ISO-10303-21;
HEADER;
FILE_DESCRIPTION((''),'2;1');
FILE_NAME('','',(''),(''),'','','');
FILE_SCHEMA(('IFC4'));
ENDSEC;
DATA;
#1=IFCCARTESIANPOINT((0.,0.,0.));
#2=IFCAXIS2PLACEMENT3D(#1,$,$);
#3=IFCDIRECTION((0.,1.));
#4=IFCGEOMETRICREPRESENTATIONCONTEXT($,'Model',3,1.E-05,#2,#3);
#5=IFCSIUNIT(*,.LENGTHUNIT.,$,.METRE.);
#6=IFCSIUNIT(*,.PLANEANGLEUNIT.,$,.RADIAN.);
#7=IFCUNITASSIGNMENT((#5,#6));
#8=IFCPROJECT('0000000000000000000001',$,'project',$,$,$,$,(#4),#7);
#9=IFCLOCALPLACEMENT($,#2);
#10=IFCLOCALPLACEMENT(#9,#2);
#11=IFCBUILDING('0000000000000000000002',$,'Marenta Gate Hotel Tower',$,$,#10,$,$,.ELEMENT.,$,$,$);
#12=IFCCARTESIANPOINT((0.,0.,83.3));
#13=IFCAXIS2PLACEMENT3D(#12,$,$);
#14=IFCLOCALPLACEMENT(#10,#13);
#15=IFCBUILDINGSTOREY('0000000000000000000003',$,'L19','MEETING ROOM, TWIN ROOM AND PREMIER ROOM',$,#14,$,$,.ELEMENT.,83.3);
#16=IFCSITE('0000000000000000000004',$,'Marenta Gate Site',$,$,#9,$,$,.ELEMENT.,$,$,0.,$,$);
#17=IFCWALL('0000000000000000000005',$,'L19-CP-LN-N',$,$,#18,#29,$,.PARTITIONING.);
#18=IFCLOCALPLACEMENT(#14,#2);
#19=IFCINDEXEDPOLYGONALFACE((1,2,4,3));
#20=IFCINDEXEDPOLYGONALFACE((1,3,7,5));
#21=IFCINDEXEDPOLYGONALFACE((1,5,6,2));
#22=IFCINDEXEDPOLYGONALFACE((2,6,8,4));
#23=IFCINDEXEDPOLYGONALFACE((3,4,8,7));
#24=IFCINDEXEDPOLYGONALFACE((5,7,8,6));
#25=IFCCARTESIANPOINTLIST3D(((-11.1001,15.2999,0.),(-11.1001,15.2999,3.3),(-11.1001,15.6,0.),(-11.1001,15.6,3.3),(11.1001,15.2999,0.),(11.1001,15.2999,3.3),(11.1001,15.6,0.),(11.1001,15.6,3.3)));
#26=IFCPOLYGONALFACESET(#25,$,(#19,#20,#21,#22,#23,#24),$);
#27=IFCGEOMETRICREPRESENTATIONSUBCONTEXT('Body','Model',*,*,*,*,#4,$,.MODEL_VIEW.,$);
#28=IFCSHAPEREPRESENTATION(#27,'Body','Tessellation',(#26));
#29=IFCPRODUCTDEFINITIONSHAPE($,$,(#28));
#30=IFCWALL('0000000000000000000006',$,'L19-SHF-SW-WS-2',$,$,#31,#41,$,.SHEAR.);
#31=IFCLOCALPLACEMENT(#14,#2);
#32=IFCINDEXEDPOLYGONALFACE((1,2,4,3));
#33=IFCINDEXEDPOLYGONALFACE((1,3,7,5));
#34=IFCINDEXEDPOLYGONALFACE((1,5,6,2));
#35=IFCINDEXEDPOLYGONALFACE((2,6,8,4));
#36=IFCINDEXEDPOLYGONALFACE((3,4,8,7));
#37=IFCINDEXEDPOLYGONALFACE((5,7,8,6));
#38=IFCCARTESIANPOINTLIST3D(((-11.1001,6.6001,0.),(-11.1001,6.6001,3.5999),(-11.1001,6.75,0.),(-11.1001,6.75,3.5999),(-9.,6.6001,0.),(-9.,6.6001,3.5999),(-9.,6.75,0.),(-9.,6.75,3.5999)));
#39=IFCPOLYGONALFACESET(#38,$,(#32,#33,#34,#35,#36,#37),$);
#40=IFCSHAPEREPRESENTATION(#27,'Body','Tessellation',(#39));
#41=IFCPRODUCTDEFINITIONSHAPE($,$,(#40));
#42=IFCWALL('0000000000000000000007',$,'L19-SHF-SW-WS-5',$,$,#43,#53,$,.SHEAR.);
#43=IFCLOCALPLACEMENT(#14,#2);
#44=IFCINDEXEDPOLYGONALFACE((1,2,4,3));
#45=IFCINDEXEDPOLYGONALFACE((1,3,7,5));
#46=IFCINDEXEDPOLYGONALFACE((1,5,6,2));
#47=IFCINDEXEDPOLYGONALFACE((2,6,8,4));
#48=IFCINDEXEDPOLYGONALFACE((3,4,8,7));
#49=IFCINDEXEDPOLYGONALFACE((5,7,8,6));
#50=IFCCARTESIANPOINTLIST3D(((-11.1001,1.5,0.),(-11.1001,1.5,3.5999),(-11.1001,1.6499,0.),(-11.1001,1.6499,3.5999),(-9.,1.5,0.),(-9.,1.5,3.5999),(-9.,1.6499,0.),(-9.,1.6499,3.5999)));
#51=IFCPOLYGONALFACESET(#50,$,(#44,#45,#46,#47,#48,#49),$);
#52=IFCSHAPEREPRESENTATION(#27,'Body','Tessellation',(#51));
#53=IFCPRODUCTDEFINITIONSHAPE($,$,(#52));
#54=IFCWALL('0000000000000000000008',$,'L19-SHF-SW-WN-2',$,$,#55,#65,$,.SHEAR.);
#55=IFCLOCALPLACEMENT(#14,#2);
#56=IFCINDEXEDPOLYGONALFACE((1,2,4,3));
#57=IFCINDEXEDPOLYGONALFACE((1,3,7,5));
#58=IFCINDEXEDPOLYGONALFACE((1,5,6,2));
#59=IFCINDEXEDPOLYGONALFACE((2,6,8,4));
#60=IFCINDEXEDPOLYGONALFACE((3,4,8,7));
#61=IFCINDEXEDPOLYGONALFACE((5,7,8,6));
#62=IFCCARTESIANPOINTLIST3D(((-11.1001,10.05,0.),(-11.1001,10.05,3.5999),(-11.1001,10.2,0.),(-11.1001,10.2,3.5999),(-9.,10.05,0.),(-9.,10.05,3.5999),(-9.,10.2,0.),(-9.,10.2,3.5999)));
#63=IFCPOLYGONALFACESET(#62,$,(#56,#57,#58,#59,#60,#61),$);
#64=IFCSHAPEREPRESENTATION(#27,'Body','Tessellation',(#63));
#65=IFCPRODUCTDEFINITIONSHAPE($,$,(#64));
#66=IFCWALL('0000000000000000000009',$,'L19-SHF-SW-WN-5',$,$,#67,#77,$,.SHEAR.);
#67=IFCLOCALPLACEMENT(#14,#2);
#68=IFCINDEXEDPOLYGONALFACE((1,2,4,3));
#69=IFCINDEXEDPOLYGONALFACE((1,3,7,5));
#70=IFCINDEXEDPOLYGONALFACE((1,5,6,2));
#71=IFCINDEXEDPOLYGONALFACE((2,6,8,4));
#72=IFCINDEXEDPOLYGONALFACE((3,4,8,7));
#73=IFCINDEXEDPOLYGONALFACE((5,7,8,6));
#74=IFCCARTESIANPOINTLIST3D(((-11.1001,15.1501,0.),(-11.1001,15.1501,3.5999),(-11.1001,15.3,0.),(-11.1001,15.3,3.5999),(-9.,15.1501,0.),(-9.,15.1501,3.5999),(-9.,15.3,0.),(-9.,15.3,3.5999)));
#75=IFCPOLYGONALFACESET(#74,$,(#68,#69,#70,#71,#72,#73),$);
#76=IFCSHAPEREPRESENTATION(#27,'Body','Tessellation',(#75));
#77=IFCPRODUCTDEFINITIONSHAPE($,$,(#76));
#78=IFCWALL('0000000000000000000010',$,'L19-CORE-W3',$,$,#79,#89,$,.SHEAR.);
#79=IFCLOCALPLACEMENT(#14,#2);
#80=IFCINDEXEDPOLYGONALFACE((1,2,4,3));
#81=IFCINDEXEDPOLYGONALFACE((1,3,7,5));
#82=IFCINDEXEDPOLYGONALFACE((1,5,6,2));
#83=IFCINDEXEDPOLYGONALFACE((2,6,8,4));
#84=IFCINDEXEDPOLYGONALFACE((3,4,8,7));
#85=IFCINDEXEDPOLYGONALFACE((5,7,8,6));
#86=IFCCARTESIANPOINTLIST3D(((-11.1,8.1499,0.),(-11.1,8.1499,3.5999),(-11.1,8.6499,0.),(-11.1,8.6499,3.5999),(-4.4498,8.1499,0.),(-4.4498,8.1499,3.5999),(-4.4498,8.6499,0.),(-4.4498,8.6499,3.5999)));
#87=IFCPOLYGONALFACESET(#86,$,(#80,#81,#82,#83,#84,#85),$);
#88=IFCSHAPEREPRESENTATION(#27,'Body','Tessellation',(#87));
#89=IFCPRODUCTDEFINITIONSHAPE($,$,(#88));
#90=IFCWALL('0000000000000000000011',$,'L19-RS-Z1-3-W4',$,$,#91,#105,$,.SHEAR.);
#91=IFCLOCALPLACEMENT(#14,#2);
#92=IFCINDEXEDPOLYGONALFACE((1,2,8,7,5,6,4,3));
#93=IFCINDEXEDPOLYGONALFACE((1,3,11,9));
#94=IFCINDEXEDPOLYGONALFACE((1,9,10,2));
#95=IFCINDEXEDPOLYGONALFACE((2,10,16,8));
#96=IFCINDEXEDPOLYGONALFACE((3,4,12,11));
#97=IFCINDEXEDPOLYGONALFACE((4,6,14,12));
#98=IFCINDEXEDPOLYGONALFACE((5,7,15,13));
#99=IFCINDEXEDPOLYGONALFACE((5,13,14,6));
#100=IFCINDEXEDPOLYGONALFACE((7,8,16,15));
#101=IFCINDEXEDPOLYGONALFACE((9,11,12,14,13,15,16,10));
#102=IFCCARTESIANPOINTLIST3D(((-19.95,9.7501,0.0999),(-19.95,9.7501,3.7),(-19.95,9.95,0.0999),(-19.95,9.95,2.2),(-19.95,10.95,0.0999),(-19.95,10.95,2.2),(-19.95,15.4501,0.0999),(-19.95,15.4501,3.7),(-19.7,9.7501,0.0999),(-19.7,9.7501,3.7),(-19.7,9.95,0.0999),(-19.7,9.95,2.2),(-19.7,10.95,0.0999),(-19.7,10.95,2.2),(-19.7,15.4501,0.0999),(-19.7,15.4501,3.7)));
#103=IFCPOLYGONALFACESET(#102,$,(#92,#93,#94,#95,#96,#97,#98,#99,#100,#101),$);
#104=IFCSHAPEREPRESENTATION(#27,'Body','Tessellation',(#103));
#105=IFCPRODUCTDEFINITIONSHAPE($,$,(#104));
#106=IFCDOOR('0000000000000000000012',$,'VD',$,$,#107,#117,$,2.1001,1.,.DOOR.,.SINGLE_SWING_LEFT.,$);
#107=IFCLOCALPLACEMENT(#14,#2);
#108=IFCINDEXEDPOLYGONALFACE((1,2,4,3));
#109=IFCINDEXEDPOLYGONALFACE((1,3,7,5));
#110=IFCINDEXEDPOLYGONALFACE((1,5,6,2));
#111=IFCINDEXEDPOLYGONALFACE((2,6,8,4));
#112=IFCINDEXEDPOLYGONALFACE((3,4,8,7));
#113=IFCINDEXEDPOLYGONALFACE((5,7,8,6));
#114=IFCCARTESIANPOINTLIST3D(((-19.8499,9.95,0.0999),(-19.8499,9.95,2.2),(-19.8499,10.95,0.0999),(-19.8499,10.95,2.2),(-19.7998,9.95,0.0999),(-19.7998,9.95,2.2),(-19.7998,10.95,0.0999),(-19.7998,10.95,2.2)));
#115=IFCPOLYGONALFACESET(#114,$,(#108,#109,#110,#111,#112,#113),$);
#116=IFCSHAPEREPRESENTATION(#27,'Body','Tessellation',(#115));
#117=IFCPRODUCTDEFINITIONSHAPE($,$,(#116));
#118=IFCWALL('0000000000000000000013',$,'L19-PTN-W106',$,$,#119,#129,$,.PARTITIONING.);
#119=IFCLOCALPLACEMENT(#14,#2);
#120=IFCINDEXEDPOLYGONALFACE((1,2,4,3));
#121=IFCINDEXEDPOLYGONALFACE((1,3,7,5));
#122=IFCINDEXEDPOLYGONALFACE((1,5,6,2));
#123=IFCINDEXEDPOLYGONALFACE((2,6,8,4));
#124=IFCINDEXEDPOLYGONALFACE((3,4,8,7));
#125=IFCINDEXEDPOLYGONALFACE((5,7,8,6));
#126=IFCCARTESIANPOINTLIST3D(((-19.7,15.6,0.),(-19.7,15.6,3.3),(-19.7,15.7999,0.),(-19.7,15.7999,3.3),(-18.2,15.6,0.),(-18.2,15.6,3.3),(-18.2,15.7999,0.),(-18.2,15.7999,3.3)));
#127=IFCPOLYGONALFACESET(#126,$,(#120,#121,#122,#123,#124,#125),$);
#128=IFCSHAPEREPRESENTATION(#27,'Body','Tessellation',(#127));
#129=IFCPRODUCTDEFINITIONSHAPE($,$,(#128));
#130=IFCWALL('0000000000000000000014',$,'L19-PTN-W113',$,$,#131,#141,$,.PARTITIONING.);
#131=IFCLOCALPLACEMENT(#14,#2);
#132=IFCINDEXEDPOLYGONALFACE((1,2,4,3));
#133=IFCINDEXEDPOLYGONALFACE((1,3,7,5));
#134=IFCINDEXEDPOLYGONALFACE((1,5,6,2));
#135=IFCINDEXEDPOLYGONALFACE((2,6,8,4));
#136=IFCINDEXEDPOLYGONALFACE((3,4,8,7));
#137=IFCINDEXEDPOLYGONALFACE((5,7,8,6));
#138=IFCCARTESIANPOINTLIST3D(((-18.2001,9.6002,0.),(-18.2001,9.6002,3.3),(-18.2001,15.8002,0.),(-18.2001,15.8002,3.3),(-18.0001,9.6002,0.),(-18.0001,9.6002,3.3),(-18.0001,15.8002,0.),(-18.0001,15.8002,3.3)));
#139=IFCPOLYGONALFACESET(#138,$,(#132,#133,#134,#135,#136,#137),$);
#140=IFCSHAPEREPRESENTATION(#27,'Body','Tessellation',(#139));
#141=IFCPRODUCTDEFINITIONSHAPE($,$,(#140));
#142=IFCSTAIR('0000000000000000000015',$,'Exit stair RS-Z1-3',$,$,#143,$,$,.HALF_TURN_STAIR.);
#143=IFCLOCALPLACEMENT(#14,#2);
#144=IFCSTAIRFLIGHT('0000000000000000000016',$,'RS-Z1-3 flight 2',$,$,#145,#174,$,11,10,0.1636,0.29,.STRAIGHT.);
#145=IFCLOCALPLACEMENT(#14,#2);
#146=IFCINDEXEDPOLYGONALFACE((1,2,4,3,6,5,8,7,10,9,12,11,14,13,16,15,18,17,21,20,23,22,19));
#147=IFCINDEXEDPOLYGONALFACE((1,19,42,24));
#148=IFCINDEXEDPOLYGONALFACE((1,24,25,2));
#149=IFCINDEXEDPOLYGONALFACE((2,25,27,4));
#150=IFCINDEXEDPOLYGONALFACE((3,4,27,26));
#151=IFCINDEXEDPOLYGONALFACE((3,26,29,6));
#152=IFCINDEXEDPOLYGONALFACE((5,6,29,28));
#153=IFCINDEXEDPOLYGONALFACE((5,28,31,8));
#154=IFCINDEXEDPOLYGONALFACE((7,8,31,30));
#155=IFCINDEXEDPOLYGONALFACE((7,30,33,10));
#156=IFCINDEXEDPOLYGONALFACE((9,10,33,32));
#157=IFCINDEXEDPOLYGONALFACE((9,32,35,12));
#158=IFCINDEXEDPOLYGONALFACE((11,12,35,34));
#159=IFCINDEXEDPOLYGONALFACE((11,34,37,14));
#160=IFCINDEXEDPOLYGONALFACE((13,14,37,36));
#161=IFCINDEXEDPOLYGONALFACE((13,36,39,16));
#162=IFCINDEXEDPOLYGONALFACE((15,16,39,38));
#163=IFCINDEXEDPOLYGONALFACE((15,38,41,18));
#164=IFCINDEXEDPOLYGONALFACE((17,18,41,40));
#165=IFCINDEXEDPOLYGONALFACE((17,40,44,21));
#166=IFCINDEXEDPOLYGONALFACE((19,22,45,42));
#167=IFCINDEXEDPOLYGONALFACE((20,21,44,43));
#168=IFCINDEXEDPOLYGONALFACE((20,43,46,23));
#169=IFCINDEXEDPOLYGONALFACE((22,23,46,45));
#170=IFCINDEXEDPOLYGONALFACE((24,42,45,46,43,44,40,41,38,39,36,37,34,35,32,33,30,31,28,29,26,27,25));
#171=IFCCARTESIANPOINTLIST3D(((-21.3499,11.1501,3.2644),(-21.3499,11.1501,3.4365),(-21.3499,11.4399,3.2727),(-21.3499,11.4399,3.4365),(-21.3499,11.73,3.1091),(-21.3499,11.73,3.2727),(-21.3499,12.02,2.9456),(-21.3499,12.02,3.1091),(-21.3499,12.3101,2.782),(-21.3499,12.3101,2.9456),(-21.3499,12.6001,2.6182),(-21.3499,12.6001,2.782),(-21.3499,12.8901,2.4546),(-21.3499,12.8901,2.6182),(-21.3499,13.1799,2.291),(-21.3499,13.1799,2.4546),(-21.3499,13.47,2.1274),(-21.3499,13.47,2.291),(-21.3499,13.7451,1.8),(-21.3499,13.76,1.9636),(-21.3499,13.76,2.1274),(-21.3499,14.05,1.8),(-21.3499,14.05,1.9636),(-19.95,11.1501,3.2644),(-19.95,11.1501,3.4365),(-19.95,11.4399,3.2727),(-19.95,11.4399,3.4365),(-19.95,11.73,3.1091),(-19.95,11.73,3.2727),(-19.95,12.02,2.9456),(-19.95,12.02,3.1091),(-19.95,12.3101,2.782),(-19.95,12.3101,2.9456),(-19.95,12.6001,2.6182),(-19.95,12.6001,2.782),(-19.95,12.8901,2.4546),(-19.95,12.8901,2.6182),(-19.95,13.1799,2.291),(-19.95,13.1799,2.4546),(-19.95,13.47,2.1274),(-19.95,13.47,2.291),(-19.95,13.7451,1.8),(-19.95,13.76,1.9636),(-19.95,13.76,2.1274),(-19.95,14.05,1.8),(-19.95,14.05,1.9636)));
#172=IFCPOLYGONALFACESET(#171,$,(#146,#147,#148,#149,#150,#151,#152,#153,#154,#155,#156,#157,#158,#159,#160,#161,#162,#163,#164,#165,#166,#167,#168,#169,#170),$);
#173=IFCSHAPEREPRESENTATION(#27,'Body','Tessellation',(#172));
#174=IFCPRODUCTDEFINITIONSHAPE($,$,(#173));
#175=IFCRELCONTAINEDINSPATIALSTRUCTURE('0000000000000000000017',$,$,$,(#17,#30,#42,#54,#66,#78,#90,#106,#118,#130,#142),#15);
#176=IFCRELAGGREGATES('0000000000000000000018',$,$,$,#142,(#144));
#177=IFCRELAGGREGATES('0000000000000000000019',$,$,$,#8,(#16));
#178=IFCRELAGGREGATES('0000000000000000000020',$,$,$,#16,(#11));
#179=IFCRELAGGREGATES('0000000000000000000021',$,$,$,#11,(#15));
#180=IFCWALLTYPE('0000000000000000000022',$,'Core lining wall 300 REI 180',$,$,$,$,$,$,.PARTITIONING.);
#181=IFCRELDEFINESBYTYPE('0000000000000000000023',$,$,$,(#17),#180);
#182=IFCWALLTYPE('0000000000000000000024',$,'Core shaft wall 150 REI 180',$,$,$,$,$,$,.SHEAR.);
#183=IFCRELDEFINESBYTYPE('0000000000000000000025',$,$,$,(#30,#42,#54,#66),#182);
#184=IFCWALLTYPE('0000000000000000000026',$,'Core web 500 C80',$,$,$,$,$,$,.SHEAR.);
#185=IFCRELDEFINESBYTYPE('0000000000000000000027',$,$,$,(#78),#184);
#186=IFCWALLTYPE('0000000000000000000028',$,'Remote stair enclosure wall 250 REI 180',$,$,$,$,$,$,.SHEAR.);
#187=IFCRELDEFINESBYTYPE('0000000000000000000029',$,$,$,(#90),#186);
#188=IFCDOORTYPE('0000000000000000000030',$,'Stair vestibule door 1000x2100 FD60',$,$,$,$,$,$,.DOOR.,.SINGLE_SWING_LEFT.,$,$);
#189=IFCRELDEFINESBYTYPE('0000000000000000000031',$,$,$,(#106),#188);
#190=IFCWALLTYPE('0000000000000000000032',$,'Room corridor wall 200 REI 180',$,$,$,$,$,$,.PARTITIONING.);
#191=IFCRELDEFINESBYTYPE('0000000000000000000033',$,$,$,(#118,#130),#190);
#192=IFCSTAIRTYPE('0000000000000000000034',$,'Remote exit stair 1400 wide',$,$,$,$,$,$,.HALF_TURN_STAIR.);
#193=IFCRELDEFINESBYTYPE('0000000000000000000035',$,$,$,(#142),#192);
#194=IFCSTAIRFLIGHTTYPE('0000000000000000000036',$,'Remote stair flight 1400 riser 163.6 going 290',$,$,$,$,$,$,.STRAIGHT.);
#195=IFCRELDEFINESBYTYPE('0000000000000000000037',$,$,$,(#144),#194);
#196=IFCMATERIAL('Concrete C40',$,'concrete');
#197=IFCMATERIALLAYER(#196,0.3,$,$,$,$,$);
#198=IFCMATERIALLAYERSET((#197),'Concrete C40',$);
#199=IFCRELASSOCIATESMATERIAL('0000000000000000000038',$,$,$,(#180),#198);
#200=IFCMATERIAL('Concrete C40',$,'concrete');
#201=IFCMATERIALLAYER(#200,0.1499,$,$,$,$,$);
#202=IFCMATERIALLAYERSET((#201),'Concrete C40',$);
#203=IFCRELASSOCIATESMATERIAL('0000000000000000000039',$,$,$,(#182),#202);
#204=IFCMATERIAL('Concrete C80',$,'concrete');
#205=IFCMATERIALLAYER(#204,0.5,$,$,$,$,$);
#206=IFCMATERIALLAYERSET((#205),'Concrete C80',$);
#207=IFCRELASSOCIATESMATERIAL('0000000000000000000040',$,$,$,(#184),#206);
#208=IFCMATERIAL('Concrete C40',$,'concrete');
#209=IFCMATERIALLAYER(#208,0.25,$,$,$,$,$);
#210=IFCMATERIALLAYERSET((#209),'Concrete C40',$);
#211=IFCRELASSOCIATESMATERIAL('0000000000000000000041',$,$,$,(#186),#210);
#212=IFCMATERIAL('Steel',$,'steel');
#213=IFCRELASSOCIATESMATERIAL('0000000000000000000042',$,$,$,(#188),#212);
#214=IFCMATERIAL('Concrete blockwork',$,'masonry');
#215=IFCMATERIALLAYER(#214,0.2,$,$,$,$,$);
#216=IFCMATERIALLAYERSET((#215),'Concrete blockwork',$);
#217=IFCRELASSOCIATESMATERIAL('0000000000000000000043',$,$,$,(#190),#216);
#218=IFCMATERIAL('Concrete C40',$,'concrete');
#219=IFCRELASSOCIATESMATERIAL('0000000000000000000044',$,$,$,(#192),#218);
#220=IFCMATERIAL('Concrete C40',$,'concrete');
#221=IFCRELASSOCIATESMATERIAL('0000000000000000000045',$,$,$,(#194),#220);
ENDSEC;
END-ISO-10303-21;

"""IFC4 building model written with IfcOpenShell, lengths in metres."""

from ifc_helpers import new_model, si_unit, direction, frame, frame_2d, origin, place, context, subcontext, project, spatial, polyline, rectangle, outline, extrude, material, layer, layer_set, type_object, element, fill, aggregate, save


model = new_model("IFC4")

# Units and contexts
model_context = context("Model", 3, precision=1e-05, world=origin(), true_north=direction((0.0, 1.0)))
body_context = subcontext(model_context, "Body", "Model", "MODEL_VIEW")
ifc_project = project(units=[si_unit("LENGTHUNIT", "METRE"), si_unit("PLANEANGLEUNIT", "RADIAN")], contexts=[model_context])

# Site, building, storey
site_placement = place(None, origin())
site = spatial("IfcSite", under=ifc_project, at=site_placement, Name="Marenta Gate Site", CompositionType="ELEMENT", RefElevation=0.0)
building_placement = place(site_placement, origin())
building = spatial("IfcBuilding", under=site, at=building_placement, Name="Marenta Gate Hotel Tower", CompositionType="ELEMENT")
storey_placement = place(building_placement, frame((0.0, 0.0, 83.3)))
storey = spatial("IfcBuildingStorey", under=building, at=storey_placement, Name="L19", Description="MEETING ROOM, TWIN ROOM AND PREMIER ROOM", CompositionType="ELEMENT", Elevation=83.3)

# Walls
ifc_material_1 = material(Name="Concrete C40", Category="concrete")
ifc_layer_1 = layer(ifc_material_1, 0.3)
ifc_layer_set_1 = layer_set([ifc_layer_1], Name="Concrete C40")
wall_type_1 = type_object("IfcWallType", Name="Core lining wall 300 REI 180", PredefinedType="PARTITIONING", material=ifc_layer_set_1)
for number, where, z_axis, x_axis, name in (
    (1, (-11.1001, 15.45, 0.0), (0.0, 0.0, 1.0), (1.0, 0.0, 0.0), "L19-CP-LN-N"),
):
    element("IfcWall", number, at=place(storey_placement, frame(where, z_axis=z_axis, x_axis=x_axis)), inside=storey, type_object=wall_type_1, Name=name, PredefinedType="PARTITIONING", context=body_context, shape_type="SweptSolid", body=[
        extrude(rectangle(XDim=22.2002, YDim=0.3, at=frame_2d((11.1001, 0.0))), origin(), (0.0, 0.0, 1.0), 3.3),
    ])
ifc_material_2 = material(Name="Concrete C40", Category="concrete")
ifc_layer_2 = layer(ifc_material_2, 0.1499)
ifc_layer_set_2 = layer_set([ifc_layer_2], Name="Concrete C40")
wall_type_2 = type_object("IfcWallType", Name="Core shaft wall 150 REI 180", PredefinedType="SHEAR", material=ifc_layer_set_2)
for number, where, z_axis, x_axis, name in (
    (2, (-11.1001, 6.675, 0.0), (0.0, 0.0, 1.0), (1.0, 0.0, 0.0), "L19-SHF-SW-WS-2"),
    (3, (-11.1001, 1.575, 0.0), (0.0, 0.0, 1.0), (1.0, 0.0, 0.0), "L19-SHF-SW-WS-5"),
    (4, (-11.1001, 10.125, 0.0), (0.0, 0.0, 1.0), (1.0, 0.0, 0.0), "L19-SHF-SW-WN-2"),
    (5, (-11.1001, 15.2251, 0.0), (0.0, 0.0, 1.0), (1.0, 0.0, 0.0), "L19-SHF-SW-WN-5"),
):
    element("IfcWall", number, at=place(storey_placement, frame(where, z_axis=z_axis, x_axis=x_axis)), inside=storey, type_object=wall_type_2, Name=name, PredefinedType="SHEAR", context=body_context, shape_type="SweptSolid", body=[
        extrude(rectangle(XDim=2.1001, YDim=0.1499, at=frame_2d((1.05, 0.0))), origin(), (0.0, 0.0, 1.0), 3.5999),
    ])
ifc_material_3 = material(Name="Concrete C80", Category="concrete")
ifc_layer_3 = layer(ifc_material_3, 0.5)
ifc_layer_set_3 = layer_set([ifc_layer_3], Name="Concrete C80")
wall_type_3 = type_object("IfcWallType", Name="Core web 500 C80", PredefinedType="SHEAR", material=ifc_layer_set_3)
wall_1_placement = place(storey_placement, frame((-11.1001, 8.3999, 0.0), z_axis=(0.0, 0.0, 1.0), x_axis=(1.0, 0.0, 0.0)))
element("IfcWall", 6, at=wall_1_placement, inside=storey, type_object=wall_type_3, Name="L19-CORE-W3", PredefinedType="SHEAR", context=body_context, shape_type="SweptSolid", body=[
    extrude(rectangle(XDim=6.6501, YDim=0.5, at=frame_2d((3.3252, 0.0))), origin(), (0.0, 0.0, 1.0), 3.5999),
])

# Wall, opening, door
ifc_material_4 = material(Name="Concrete C40", Category="concrete")
ifc_layer_4 = layer(ifc_material_4, 0.25)
ifc_layer_set_4 = layer_set([ifc_layer_4], Name="Concrete C40")
wall_type_4 = type_object("IfcWallType", Name="Remote stair enclosure wall 250 REI 180", PredefinedType="SHEAR", material=ifc_layer_set_4)
wall_2_placement = place(storey_placement, frame((-19.825, 9.75, 0.0999), z_axis=(0.0, 0.0, 1.0), x_axis=(0.0, 1.0, 0.0)))
wall_2 = element("IfcWall", 7, at=wall_2_placement, inside=storey, type_object=wall_type_4, Name="L19-RS-Z1-3-W4", PredefinedType="SHEAR", context=body_context, shape_type="SweptSolid", body=[
    extrude(rectangle(XDim=5.7, YDim=0.25, at=frame_2d((2.8501, 0.0))), origin(), (0.0, 0.0, 1.0), 3.6001),
])
opening_1_placement = place(wall_2_placement, frame((0.2, 0.0, 0.0)))
opening_1 = element("IfcOpeningElement", 8, at=opening_1_placement, cuts=wall_2, PredefinedType="OPENING", context=body_context, shape_type="SweptSolid", body=[
    extrude(rectangle(XDim=1.0, YDim=2.1001, at=frame_2d((0.5, 1.05))), frame((0.0, 0.125, 0.0), z_axis=(0.0, -1.0, 0.0), x_axis=(1.0, 0.0, 0.0)), (0.0, 0.0, 1.0), 0.25),
])
ifc_material_5 = material(Name="Steel", Category="steel")
door_type_1 = type_object("IfcDoorType", Name="Stair vestibule door 1000x2100 FD60", OperationType="SINGLE_SWING_LEFT", PredefinedType="DOOR", material=ifc_material_5)
door_1_placement = place(opening_1_placement, origin())
door_1 = element("IfcDoor", 9, at=door_1_placement, inside=storey, type_object=door_type_1, Name="VD", OperationType="SINGLE_SWING_LEFT", OverallHeight=2.1001, OverallWidth=1.0, PredefinedType="DOOR", context=body_context, shape_type="SweptSolid", body=[
    extrude(rectangle(XDim=1.0, YDim=2.1001, at=frame_2d((0.5, 1.05))), frame((0.0, 0.0249, 0.0), z_axis=(0.0, -1.0, 0.0), x_axis=(1.0, 0.0, 0.0)), (0.0, 0.0, 1.0), 0.05),
])
fill(opening_1, door_1)

# Shared definitions
ifc_material_6 = material(Name="Concrete blockwork", Category="masonry")
ifc_layer_5 = layer(ifc_material_6, 0.2)
ifc_layer_set_5 = layer_set([ifc_layer_5], Name="Concrete blockwork")
wall_type_5 = type_object("IfcWallType", Name="Room corridor wall 200 REI 180", PredefinedType="PARTITIONING", material=ifc_layer_set_5)

# Walls
wall_3_placement = place(storey_placement, frame((-19.7, 15.7, 0.0), z_axis=(0.0, 0.0, 1.0), x_axis=(1.0, 0.0, 0.0)))
element("IfcWall", 10, at=wall_3_placement, inside=storey, type_object=wall_type_5, Name="L19-PTN-W106", PredefinedType="PARTITIONING", context=body_context, shape_type="SweptSolid", body=[
    extrude(rectangle(XDim=1.5, YDim=0.2, at=frame_2d((0.75, 0.0))), origin(), (0.0, 0.0, 1.0), 3.3),
])
wall_4_placement = place(storey_placement, frame((-18.1001, 9.6001, 0.0), z_axis=(0.0, 0.0, 1.0), x_axis=(0.0, 1.0, 0.0)))
element("IfcWall", 11, at=wall_4_placement, inside=storey, type_object=wall_type_5, Name="L19-PTN-W113", PredefinedType="PARTITIONING", context=body_context, shape_type="SweptSolid", body=[
    extrude(rectangle(XDim=6.2, YDim=0.2, at=frame_2d((3.1001, 0.0))), origin(), (0.0, 0.0, 1.0), 3.3),
])

# Stair, stair flight
ifc_material_7 = material(Name="Concrete C40", Category="concrete")
stair_type = type_object("IfcStairType", Name="Remote exit stair 1400 wide", PredefinedType="HALF_TURN_STAIR", material=ifc_material_7)
stair_placement = place(storey_placement, origin())
stair = element("IfcStair", 12, at=stair_placement, inside=storey, type_object=stair_type, Name="Exit stair RS-Z1-3", PredefinedType="HALF_TURN_STAIR")
ifc_material_8 = material(Name="Concrete C40", Category="concrete")
stair_flight_type = type_object("IfcStairFlightType", Name="Remote stair flight 1400 riser 163.6 going 290", PredefinedType="STRAIGHT", material=ifc_material_8)
stair_flight_placement = place(storey_placement, frame((-20.6499, 14.05, 1.8), z_axis=(0.0, 0.0, 1.0), x_axis=(0.0, -1.0, 0.0)))
stair_flight = element("IfcStairFlight", 13, at=stair_flight_placement, type_object=stair_flight_type, Name="RS-Z1-3 flight 2", NumberOfRisers=11, NumberOfTreads=10, PredefinedType="STRAIGHT", RiserHeight=0.1636, TreadLength=0.29, context=body_context, shape_type="SweptSolid", body=[
    extrude(outline(polyline([(0.0, 0.0), (0.0, 0.1636), (0.29, 0.1636), (0.29, 0.3274), (0.5801, 0.3274), (0.5801, 0.491), (0.8701, 0.491), (0.8701, 0.6545), (1.1599, 0.6545), (1.1599, 0.8181), (1.45, 0.8181), (1.45, 0.9819), (1.74, 0.9819), (1.74, 1.1455), (2.03, 1.1455), (2.03, 1.3091), (2.3201, 1.3091), (2.3201, 1.4727), (2.6101, 1.4727), (2.6101, 1.6365), (2.8999, 1.6365), (2.8999, 1.8), (2.8999, 1.4644), (0.3049, 0.0), (0.0, 0.0)])), frame((0.0, 0.7, 0.0), z_axis=(0.0, -1.0, 0.0), x_axis=(1.0, 0.0, 0.0)), (0.0, 0.0, 1.0), 1.3999),
])
aggregate(stair, [stair_flight])

save(model, "model.ifc")
